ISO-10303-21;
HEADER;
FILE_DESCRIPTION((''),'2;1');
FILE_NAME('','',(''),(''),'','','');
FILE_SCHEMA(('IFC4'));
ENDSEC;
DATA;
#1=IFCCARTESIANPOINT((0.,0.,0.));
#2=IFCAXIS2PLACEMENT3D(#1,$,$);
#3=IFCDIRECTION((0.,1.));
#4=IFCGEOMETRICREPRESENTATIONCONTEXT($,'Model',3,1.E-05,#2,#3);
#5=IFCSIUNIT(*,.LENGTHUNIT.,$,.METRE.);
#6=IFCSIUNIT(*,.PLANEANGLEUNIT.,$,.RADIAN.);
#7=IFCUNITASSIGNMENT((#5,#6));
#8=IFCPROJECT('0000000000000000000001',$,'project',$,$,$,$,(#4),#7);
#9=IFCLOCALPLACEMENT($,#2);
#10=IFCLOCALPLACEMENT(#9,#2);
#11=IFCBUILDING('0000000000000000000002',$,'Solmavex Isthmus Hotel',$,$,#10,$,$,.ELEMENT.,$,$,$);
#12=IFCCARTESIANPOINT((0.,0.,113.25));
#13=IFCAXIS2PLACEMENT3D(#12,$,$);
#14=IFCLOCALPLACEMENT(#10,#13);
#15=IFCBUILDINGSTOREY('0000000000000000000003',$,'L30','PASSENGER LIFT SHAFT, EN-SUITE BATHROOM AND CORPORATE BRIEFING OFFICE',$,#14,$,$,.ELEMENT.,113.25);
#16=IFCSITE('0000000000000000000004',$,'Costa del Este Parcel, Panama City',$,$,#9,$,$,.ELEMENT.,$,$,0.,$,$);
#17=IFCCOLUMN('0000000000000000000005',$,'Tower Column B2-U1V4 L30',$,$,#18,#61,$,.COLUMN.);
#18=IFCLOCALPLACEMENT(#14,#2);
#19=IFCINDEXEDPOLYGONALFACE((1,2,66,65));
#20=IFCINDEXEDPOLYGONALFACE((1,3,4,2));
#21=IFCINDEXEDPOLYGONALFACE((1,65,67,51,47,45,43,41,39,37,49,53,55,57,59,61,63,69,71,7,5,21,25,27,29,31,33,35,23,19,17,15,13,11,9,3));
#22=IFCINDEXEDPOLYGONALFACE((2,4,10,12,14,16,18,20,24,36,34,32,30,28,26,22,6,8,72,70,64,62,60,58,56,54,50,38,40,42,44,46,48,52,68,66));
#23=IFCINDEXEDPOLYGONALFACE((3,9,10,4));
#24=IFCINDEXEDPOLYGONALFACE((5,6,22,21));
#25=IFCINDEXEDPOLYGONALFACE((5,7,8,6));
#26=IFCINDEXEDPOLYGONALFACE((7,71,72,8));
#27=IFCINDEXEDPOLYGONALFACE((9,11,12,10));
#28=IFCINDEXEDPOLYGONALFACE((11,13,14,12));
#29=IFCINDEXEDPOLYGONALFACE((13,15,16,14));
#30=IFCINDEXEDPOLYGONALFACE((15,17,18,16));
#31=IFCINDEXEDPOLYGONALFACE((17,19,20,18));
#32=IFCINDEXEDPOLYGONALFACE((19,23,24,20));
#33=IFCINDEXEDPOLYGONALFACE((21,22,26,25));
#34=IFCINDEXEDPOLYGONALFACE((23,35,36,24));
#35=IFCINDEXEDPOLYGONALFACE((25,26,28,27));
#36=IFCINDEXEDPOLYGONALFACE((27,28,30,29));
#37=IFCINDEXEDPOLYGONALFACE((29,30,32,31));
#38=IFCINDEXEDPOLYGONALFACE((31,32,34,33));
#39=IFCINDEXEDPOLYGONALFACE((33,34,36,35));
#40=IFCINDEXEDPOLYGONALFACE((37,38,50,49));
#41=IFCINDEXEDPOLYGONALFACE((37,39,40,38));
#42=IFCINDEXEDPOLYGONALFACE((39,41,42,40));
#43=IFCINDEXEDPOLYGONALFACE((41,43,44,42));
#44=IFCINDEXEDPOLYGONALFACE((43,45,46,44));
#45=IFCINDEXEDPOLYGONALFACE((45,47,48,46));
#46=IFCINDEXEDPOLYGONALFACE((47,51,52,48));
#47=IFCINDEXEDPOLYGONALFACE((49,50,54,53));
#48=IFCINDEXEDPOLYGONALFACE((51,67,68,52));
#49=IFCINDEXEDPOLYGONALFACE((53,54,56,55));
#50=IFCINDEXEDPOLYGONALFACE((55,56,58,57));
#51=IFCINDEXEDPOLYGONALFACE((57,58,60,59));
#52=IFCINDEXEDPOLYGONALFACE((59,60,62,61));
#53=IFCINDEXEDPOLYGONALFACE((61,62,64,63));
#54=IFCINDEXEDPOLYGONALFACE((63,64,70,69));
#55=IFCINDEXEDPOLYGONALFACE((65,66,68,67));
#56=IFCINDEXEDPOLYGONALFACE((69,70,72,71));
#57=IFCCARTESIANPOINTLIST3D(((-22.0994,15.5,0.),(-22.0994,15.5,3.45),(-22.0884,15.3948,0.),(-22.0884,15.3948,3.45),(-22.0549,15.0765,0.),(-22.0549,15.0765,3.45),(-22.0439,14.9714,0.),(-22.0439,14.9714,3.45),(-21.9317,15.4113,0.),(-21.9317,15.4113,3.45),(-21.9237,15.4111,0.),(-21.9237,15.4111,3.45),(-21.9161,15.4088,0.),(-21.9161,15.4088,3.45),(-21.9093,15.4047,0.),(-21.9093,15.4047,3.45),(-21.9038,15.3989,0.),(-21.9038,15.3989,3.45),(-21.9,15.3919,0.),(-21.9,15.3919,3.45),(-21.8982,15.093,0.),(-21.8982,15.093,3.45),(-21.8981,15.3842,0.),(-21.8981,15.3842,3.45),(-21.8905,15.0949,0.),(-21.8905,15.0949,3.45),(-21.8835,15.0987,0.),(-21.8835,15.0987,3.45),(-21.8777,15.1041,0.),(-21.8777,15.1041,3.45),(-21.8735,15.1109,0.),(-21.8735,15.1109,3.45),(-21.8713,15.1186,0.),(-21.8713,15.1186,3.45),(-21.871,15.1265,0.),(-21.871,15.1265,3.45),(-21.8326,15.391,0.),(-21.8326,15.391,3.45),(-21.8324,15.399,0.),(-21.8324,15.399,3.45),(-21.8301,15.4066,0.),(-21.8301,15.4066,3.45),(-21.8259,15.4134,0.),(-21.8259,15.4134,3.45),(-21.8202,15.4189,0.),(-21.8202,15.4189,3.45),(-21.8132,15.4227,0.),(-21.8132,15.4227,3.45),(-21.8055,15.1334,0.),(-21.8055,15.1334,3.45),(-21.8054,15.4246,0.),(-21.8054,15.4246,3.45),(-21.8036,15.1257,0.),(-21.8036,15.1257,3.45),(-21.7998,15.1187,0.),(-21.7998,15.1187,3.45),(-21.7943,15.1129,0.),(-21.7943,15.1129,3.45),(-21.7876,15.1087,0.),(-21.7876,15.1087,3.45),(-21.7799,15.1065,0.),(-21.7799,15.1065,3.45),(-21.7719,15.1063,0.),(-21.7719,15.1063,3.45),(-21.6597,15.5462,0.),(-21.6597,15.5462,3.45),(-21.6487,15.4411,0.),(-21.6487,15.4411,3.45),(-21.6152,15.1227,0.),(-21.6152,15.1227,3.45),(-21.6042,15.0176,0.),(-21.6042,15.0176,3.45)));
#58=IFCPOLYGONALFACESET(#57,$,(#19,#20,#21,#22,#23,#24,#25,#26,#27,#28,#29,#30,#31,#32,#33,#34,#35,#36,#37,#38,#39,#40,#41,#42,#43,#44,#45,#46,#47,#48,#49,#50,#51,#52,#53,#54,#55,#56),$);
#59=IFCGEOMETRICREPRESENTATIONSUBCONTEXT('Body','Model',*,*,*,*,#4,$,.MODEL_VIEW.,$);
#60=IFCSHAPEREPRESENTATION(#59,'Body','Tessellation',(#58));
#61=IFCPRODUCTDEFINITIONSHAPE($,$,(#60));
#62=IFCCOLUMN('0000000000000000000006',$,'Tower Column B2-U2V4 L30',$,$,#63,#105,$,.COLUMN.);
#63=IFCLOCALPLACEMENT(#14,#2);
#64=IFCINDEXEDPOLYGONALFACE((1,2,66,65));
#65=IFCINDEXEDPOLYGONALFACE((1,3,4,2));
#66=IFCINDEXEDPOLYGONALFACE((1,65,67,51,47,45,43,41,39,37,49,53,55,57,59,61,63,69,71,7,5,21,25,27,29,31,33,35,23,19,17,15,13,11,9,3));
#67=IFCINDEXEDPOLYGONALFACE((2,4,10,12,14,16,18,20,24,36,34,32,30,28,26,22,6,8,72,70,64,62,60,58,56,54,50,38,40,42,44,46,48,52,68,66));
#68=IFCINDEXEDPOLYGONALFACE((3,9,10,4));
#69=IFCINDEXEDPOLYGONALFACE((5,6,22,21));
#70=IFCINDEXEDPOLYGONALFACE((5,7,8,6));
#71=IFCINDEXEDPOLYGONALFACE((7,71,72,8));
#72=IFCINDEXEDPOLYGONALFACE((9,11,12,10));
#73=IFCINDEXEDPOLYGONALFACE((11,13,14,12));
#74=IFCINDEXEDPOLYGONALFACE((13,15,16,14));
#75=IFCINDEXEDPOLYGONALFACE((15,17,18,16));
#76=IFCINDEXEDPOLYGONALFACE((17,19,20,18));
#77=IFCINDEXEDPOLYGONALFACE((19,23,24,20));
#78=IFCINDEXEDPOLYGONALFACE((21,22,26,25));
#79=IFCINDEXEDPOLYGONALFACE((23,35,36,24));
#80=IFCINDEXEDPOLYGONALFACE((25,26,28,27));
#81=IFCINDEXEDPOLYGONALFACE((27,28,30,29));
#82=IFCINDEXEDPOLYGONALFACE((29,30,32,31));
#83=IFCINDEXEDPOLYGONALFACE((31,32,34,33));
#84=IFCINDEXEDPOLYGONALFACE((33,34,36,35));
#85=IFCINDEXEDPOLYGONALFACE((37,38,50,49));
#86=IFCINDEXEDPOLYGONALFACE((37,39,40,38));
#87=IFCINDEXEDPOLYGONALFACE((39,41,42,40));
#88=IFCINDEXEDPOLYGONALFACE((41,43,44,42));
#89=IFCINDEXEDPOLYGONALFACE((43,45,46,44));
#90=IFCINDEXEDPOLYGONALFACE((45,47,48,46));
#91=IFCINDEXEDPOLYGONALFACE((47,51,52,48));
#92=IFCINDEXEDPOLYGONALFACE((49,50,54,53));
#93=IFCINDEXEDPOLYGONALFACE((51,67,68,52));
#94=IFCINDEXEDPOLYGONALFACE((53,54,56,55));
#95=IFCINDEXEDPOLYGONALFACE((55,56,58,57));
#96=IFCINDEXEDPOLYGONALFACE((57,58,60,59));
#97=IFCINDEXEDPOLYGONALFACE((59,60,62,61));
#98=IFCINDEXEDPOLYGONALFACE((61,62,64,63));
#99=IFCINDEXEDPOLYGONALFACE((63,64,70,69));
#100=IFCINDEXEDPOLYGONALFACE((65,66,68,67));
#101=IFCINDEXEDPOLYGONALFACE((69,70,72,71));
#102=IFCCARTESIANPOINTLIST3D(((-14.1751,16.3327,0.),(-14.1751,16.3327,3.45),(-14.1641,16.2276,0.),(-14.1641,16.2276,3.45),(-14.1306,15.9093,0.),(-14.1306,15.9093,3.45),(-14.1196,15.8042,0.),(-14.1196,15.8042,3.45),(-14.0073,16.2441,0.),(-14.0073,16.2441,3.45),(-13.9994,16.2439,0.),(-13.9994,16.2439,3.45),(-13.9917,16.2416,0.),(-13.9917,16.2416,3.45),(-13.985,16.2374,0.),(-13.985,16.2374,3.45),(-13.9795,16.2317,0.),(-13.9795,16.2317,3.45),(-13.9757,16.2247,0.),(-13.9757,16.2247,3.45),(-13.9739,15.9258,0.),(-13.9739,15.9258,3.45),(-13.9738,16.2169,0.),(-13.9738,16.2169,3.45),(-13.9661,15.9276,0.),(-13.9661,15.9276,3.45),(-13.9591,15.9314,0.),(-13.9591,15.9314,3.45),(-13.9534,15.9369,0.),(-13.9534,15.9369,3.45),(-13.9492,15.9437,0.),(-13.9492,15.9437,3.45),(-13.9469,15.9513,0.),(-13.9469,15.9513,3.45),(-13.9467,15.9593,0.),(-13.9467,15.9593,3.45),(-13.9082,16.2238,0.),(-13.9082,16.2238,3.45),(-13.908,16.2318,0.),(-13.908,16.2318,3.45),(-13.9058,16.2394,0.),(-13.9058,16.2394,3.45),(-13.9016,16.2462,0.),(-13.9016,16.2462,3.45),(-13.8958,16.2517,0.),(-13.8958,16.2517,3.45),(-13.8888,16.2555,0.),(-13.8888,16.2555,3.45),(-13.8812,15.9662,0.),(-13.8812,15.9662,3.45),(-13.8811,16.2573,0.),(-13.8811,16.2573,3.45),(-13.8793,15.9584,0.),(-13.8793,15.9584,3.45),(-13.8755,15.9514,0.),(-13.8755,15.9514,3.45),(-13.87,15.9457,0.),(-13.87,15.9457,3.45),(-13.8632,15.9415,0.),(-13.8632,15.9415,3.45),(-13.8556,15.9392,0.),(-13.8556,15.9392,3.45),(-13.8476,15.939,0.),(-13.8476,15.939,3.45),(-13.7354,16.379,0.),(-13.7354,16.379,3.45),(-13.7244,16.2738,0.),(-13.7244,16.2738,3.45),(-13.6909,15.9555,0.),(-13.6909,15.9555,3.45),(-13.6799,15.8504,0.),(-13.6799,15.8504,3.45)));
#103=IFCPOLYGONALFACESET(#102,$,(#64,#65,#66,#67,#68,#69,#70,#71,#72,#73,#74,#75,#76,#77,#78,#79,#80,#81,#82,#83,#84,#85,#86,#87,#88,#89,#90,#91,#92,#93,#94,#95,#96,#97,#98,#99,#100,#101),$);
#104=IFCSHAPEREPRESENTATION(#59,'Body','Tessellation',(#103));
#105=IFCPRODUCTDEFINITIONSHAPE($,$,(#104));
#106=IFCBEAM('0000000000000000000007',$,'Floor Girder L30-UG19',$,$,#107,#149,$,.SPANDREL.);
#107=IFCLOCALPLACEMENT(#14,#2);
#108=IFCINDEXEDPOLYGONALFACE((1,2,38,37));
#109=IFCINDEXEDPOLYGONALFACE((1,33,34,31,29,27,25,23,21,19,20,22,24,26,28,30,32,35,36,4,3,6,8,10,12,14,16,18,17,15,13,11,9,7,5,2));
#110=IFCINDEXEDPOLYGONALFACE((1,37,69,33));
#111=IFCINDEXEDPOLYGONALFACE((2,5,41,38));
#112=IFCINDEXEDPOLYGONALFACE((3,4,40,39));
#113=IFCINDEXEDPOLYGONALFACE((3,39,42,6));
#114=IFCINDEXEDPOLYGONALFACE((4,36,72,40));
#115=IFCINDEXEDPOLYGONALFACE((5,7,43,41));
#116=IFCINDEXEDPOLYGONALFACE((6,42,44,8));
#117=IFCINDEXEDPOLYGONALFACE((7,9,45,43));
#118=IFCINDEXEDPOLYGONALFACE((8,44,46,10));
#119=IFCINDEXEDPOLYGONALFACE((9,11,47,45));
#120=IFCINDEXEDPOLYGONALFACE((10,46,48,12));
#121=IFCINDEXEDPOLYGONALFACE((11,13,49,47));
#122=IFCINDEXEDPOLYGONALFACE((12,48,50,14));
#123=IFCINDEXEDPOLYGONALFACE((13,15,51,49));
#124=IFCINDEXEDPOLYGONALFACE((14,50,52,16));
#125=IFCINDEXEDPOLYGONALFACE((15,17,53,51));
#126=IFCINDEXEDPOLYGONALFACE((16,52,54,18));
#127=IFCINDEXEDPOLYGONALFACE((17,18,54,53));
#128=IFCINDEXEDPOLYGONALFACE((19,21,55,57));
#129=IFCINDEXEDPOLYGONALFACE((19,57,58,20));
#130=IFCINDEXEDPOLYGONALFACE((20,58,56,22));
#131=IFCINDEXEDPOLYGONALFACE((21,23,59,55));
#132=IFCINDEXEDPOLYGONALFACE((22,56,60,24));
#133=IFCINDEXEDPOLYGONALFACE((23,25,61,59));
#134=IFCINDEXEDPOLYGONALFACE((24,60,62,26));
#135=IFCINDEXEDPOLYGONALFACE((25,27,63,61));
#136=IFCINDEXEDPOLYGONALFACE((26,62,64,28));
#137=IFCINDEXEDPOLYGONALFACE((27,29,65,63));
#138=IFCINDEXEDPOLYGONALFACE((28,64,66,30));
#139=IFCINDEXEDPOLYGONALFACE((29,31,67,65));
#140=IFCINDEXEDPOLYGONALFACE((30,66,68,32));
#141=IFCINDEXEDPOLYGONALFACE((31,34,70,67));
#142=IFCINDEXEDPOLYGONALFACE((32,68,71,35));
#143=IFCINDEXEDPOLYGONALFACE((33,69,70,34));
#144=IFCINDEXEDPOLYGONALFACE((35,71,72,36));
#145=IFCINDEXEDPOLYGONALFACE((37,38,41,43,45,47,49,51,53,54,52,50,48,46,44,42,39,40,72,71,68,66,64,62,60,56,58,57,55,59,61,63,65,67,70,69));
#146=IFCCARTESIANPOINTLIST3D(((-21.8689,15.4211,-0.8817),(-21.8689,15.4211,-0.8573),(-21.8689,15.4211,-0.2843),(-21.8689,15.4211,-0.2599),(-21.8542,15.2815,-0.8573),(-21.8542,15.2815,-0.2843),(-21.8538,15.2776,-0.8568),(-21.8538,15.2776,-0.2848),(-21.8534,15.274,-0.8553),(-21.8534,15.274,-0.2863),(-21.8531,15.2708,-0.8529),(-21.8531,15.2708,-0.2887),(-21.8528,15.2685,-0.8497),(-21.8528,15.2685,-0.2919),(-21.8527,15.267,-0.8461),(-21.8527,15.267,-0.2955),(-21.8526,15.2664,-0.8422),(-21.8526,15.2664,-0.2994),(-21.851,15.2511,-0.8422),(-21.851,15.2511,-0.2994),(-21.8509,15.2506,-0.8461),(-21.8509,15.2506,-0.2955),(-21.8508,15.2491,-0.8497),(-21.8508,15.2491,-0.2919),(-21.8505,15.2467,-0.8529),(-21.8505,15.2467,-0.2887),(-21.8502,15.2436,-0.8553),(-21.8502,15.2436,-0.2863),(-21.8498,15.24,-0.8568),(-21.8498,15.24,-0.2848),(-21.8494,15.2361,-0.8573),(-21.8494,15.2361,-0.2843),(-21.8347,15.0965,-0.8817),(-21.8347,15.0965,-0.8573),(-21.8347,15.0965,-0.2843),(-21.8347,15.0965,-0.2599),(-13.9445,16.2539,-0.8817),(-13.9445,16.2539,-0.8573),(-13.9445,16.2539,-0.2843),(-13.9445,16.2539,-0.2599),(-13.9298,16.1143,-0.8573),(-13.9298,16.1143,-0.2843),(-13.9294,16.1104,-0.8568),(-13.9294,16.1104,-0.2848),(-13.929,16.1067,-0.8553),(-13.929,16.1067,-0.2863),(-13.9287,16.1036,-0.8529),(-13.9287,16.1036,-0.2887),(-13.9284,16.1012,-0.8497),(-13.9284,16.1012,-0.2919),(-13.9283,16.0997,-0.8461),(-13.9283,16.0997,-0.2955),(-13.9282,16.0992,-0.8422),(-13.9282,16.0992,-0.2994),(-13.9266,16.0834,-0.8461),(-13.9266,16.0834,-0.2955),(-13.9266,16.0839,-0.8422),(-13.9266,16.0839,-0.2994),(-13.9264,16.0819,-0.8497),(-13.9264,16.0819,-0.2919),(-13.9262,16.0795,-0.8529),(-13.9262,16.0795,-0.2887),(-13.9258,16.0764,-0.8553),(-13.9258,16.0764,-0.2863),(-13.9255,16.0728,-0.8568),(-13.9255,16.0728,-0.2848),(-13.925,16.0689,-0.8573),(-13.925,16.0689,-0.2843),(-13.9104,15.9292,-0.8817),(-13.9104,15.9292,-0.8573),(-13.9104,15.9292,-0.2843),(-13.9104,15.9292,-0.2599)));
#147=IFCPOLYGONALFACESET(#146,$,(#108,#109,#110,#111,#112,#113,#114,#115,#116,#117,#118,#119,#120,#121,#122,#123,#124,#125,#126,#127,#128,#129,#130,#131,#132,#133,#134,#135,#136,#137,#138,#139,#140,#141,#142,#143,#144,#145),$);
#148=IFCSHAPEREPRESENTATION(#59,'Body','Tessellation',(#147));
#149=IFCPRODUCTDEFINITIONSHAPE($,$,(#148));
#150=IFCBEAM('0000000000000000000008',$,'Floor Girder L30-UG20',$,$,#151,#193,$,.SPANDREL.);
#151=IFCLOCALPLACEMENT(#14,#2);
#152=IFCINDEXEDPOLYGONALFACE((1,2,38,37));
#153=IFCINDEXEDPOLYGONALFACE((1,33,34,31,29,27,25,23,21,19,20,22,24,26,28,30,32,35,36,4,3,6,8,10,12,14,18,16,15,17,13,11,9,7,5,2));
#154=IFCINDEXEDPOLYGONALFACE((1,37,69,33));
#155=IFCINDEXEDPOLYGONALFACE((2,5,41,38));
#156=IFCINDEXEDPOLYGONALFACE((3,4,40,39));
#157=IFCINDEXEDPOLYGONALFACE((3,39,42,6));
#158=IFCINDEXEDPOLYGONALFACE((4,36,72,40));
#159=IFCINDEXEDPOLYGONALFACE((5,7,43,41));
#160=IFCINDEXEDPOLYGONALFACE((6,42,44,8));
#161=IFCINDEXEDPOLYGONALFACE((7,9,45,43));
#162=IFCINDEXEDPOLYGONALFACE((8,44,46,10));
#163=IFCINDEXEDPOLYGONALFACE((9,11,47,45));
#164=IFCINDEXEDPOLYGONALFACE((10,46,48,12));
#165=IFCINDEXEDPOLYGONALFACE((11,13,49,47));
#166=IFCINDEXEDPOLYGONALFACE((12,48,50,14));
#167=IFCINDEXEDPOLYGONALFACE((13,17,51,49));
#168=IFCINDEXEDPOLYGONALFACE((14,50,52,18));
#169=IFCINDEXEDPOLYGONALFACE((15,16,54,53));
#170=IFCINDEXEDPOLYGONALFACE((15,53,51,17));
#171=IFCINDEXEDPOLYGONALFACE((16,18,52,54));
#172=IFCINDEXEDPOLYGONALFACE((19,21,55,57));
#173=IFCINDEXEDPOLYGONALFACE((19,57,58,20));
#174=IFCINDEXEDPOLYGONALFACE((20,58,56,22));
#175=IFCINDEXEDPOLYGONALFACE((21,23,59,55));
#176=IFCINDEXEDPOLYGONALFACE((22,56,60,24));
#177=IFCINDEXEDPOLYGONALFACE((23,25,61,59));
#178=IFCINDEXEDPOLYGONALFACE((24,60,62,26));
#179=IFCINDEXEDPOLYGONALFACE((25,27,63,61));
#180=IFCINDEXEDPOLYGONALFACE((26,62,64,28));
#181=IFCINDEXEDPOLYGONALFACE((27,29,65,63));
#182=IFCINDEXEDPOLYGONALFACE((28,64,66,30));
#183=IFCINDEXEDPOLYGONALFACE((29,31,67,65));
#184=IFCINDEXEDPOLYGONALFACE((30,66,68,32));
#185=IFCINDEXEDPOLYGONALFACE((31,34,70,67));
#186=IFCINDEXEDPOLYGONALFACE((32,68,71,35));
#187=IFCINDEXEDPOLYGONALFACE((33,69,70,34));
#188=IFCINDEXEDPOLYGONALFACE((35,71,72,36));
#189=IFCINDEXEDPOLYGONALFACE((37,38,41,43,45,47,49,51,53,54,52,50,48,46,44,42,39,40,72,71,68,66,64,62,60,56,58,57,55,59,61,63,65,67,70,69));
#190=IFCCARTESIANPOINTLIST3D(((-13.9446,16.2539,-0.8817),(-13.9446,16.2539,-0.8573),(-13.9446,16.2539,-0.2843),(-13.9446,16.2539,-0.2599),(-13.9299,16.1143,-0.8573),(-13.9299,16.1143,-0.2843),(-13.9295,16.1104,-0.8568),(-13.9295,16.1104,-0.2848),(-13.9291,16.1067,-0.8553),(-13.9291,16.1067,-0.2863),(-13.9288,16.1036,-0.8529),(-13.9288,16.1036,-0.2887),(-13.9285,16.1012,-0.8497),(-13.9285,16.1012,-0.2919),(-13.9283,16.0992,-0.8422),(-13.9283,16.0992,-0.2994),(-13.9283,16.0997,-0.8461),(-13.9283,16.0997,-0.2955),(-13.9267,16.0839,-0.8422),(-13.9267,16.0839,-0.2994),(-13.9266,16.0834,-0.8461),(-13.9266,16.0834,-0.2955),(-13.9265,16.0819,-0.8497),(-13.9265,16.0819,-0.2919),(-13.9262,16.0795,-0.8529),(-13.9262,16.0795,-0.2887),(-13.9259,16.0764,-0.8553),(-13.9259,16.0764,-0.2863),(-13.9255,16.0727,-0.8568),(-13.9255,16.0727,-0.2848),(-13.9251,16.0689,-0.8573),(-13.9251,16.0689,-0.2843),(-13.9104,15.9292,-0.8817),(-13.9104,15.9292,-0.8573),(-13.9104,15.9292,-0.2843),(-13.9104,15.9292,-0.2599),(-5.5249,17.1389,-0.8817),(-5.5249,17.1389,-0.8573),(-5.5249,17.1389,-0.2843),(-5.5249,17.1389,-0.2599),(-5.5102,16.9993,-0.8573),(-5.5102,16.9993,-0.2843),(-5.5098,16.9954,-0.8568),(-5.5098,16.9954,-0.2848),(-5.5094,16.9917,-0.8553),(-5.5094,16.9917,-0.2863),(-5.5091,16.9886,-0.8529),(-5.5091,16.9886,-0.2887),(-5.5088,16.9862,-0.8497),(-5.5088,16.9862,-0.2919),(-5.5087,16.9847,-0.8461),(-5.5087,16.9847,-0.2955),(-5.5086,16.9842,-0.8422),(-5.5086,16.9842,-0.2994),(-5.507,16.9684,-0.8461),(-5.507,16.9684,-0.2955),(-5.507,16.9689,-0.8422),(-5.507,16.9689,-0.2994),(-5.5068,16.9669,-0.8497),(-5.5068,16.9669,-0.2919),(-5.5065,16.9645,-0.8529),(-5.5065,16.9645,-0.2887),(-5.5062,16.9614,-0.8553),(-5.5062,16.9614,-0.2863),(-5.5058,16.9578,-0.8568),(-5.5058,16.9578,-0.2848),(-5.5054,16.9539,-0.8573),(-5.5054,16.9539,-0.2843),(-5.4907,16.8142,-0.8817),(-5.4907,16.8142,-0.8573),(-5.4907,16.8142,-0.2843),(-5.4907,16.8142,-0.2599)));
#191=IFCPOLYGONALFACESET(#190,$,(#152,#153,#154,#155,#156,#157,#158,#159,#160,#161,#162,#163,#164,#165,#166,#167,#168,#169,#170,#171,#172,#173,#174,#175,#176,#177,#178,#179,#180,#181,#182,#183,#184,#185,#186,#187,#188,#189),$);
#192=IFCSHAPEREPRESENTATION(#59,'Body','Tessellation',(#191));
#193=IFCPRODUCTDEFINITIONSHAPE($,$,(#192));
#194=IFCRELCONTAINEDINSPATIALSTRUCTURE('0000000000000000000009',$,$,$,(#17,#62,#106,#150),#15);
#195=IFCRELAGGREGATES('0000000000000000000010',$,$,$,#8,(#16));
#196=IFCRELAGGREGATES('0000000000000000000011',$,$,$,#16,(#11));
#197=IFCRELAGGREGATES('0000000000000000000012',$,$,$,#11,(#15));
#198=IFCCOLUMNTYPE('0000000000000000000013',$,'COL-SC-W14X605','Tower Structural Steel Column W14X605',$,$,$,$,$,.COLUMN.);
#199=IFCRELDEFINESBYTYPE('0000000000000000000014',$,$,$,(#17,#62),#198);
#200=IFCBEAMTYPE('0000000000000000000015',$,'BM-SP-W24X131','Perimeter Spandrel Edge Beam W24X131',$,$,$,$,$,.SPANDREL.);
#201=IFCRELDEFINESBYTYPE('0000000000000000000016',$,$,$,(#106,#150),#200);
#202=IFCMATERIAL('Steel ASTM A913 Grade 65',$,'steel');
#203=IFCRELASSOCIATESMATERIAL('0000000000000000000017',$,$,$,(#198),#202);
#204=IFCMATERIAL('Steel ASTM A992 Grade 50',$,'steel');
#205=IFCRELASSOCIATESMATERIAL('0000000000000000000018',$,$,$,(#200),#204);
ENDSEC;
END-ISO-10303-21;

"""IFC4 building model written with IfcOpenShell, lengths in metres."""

from ifc_helpers import new_model, si_unit, direction, frame, origin, origin_2d, place, context, subcontext, project, spatial, i_section, extrude, material, material_profile, profile_set, type_object, element, save


model = new_model("IFC4")

# Units and contexts
model_context = context("Model", 3, precision=1e-05, world=origin(), true_north=direction((0.0, 1.0)))
body_context = subcontext(model_context, "Body", "Model", "MODEL_VIEW")
ifc_project = project(units=[si_unit("LENGTHUNIT", "METRE"), si_unit("PLANEANGLEUNIT", "RADIAN")], contexts=[model_context])

# Site, building, storey
site_placement = place(None, origin())
site = spatial("IfcSite", under=ifc_project, at=site_placement, Name="Costa del Este Parcel, Panama City", CompositionType="ELEMENT", RefElevation=0.0)
building_placement = place(site_placement, origin())
building = spatial("IfcBuilding", under=site, at=building_placement, Name="Solmavex Isthmus Hotel", CompositionType="ELEMENT")
storey_placement = place(building_placement, frame((0.0, 0.0, 113.25)))
storey = spatial("IfcBuildingStorey", under=building, at=storey_placement, Name="L30", Description="PASSENGER LIFT SHAFT, EN-SUITE BATHROOM AND CORPORATE BRIEFING OFFICE", CompositionType="ELEMENT", Elevation=113.25)

# Columns
ifc_material_1 = material(Name="Steel ASTM A913 Grade 65", Category="steel")
ifc_material_profile_1 = material_profile(ifc_material_1, i_section(OverallWidth=0.4421, OverallDepth=0.5315, WebThickness=0.0659, FlangeThickness=0.1057, FilletRadius=0.0305, at=origin_2d()), Name="W14X605")
ifc_profile_set_1 = profile_set([ifc_material_profile_1], Name="Steel ASTM A913 Grade 65")
column_type = type_object("IfcColumnType", Name="COL-SC-W14X605", Description="Tower Structural Steel Column W14X605", PredefinedType="COLUMN", material=ifc_profile_set_1)
for number, where, z_axis, x_axis, name in (
    (1, (-21.8518, 15.2588, 0.0), (0.0, 0.0, 1.0), (0.994522, 0.104528, 0.0), "Tower Column B2-U1V4 L30"),
    (2, (-13.9275, 16.0916, 0.0), (0.0, 0.0, 1.0), (0.994522, 0.104528, 0.0), "Tower Column B2-U2V4 L30"),
):
    element("IfcColumn", number, at=place(storey_placement, frame(where, z_axis=z_axis, x_axis=x_axis)), inside=storey, type_object=column_type, Name=name, PredefinedType="COLUMN", context=body_context, shape_type="SweptSolid", body=[
        extrude(i_section(OverallWidth=0.4421, OverallDepth=0.5315, WebThickness=0.0659, FlangeThickness=0.1057, FilletRadius=0.0305, at=origin_2d()), origin(), (0.0, 0.0, 1.0), 3.45),
    ])

# Beams
ifc_material_2 = material(Name="Steel ASTM A992 Grade 50", Category="steel")
ifc_material_profile_2 = material_profile(ifc_material_2, i_section(OverallWidth=0.3264, OverallDepth=0.6218, WebThickness=0.0154, FlangeThickness=0.0244, FilletRadius=0.0151, at=origin_2d()), Name="W24X131")
ifc_profile_set_2 = profile_set([ifc_material_profile_2], Name="Steel ASTM A992 Grade 50")
beam_type = type_object("IfcBeamType", Name="BM-SP-W24X131", Description="Perimeter Spandrel Edge Beam W24X131", PredefinedType="SPANDREL", material=ifc_profile_set_2)
beam_1_placement = place(storey_placement, frame((-21.8518, 15.2588, -0.5708), z_axis=(0.994523, 0.104514, 0.0), x_axis=(-0.104514, 0.994523, 0.0)))
element("IfcBeam", 3, at=beam_1_placement, inside=storey, type_object=beam_type, Name="Floor Girder L30-UG19", PredefinedType="SPANDREL", context=body_context, shape_type="SweptSolid", body=[
    extrude(i_section(OverallWidth=0.3264, OverallDepth=0.6218, WebThickness=0.0154, FlangeThickness=0.0244, FilletRadius=0.0151, at=origin_2d()), origin(), (0.0, 0.0, 1.0), 7.968),
])
beam_2_placement = place(storey_placement, frame((-13.9275, 16.0916, -0.5708), z_axis=(0.994521, 0.104536, 0.0), x_axis=(-0.104536, 0.994521, 0.0)))
element("IfcBeam", 4, at=beam_2_placement, inside=storey, type_object=beam_type, Name="Floor Girder L30-UG20", PredefinedType="SPANDREL", context=body_context, shape_type="SweptSolid", body=[
    extrude(i_section(OverallWidth=0.3264, OverallDepth=0.6218, WebThickness=0.0154, FlangeThickness=0.0244, FilletRadius=0.0151, at=origin_2d()), origin(), (0.0, 0.0, 1.0), 8.4661),
])

save(model, "model.ifc")
